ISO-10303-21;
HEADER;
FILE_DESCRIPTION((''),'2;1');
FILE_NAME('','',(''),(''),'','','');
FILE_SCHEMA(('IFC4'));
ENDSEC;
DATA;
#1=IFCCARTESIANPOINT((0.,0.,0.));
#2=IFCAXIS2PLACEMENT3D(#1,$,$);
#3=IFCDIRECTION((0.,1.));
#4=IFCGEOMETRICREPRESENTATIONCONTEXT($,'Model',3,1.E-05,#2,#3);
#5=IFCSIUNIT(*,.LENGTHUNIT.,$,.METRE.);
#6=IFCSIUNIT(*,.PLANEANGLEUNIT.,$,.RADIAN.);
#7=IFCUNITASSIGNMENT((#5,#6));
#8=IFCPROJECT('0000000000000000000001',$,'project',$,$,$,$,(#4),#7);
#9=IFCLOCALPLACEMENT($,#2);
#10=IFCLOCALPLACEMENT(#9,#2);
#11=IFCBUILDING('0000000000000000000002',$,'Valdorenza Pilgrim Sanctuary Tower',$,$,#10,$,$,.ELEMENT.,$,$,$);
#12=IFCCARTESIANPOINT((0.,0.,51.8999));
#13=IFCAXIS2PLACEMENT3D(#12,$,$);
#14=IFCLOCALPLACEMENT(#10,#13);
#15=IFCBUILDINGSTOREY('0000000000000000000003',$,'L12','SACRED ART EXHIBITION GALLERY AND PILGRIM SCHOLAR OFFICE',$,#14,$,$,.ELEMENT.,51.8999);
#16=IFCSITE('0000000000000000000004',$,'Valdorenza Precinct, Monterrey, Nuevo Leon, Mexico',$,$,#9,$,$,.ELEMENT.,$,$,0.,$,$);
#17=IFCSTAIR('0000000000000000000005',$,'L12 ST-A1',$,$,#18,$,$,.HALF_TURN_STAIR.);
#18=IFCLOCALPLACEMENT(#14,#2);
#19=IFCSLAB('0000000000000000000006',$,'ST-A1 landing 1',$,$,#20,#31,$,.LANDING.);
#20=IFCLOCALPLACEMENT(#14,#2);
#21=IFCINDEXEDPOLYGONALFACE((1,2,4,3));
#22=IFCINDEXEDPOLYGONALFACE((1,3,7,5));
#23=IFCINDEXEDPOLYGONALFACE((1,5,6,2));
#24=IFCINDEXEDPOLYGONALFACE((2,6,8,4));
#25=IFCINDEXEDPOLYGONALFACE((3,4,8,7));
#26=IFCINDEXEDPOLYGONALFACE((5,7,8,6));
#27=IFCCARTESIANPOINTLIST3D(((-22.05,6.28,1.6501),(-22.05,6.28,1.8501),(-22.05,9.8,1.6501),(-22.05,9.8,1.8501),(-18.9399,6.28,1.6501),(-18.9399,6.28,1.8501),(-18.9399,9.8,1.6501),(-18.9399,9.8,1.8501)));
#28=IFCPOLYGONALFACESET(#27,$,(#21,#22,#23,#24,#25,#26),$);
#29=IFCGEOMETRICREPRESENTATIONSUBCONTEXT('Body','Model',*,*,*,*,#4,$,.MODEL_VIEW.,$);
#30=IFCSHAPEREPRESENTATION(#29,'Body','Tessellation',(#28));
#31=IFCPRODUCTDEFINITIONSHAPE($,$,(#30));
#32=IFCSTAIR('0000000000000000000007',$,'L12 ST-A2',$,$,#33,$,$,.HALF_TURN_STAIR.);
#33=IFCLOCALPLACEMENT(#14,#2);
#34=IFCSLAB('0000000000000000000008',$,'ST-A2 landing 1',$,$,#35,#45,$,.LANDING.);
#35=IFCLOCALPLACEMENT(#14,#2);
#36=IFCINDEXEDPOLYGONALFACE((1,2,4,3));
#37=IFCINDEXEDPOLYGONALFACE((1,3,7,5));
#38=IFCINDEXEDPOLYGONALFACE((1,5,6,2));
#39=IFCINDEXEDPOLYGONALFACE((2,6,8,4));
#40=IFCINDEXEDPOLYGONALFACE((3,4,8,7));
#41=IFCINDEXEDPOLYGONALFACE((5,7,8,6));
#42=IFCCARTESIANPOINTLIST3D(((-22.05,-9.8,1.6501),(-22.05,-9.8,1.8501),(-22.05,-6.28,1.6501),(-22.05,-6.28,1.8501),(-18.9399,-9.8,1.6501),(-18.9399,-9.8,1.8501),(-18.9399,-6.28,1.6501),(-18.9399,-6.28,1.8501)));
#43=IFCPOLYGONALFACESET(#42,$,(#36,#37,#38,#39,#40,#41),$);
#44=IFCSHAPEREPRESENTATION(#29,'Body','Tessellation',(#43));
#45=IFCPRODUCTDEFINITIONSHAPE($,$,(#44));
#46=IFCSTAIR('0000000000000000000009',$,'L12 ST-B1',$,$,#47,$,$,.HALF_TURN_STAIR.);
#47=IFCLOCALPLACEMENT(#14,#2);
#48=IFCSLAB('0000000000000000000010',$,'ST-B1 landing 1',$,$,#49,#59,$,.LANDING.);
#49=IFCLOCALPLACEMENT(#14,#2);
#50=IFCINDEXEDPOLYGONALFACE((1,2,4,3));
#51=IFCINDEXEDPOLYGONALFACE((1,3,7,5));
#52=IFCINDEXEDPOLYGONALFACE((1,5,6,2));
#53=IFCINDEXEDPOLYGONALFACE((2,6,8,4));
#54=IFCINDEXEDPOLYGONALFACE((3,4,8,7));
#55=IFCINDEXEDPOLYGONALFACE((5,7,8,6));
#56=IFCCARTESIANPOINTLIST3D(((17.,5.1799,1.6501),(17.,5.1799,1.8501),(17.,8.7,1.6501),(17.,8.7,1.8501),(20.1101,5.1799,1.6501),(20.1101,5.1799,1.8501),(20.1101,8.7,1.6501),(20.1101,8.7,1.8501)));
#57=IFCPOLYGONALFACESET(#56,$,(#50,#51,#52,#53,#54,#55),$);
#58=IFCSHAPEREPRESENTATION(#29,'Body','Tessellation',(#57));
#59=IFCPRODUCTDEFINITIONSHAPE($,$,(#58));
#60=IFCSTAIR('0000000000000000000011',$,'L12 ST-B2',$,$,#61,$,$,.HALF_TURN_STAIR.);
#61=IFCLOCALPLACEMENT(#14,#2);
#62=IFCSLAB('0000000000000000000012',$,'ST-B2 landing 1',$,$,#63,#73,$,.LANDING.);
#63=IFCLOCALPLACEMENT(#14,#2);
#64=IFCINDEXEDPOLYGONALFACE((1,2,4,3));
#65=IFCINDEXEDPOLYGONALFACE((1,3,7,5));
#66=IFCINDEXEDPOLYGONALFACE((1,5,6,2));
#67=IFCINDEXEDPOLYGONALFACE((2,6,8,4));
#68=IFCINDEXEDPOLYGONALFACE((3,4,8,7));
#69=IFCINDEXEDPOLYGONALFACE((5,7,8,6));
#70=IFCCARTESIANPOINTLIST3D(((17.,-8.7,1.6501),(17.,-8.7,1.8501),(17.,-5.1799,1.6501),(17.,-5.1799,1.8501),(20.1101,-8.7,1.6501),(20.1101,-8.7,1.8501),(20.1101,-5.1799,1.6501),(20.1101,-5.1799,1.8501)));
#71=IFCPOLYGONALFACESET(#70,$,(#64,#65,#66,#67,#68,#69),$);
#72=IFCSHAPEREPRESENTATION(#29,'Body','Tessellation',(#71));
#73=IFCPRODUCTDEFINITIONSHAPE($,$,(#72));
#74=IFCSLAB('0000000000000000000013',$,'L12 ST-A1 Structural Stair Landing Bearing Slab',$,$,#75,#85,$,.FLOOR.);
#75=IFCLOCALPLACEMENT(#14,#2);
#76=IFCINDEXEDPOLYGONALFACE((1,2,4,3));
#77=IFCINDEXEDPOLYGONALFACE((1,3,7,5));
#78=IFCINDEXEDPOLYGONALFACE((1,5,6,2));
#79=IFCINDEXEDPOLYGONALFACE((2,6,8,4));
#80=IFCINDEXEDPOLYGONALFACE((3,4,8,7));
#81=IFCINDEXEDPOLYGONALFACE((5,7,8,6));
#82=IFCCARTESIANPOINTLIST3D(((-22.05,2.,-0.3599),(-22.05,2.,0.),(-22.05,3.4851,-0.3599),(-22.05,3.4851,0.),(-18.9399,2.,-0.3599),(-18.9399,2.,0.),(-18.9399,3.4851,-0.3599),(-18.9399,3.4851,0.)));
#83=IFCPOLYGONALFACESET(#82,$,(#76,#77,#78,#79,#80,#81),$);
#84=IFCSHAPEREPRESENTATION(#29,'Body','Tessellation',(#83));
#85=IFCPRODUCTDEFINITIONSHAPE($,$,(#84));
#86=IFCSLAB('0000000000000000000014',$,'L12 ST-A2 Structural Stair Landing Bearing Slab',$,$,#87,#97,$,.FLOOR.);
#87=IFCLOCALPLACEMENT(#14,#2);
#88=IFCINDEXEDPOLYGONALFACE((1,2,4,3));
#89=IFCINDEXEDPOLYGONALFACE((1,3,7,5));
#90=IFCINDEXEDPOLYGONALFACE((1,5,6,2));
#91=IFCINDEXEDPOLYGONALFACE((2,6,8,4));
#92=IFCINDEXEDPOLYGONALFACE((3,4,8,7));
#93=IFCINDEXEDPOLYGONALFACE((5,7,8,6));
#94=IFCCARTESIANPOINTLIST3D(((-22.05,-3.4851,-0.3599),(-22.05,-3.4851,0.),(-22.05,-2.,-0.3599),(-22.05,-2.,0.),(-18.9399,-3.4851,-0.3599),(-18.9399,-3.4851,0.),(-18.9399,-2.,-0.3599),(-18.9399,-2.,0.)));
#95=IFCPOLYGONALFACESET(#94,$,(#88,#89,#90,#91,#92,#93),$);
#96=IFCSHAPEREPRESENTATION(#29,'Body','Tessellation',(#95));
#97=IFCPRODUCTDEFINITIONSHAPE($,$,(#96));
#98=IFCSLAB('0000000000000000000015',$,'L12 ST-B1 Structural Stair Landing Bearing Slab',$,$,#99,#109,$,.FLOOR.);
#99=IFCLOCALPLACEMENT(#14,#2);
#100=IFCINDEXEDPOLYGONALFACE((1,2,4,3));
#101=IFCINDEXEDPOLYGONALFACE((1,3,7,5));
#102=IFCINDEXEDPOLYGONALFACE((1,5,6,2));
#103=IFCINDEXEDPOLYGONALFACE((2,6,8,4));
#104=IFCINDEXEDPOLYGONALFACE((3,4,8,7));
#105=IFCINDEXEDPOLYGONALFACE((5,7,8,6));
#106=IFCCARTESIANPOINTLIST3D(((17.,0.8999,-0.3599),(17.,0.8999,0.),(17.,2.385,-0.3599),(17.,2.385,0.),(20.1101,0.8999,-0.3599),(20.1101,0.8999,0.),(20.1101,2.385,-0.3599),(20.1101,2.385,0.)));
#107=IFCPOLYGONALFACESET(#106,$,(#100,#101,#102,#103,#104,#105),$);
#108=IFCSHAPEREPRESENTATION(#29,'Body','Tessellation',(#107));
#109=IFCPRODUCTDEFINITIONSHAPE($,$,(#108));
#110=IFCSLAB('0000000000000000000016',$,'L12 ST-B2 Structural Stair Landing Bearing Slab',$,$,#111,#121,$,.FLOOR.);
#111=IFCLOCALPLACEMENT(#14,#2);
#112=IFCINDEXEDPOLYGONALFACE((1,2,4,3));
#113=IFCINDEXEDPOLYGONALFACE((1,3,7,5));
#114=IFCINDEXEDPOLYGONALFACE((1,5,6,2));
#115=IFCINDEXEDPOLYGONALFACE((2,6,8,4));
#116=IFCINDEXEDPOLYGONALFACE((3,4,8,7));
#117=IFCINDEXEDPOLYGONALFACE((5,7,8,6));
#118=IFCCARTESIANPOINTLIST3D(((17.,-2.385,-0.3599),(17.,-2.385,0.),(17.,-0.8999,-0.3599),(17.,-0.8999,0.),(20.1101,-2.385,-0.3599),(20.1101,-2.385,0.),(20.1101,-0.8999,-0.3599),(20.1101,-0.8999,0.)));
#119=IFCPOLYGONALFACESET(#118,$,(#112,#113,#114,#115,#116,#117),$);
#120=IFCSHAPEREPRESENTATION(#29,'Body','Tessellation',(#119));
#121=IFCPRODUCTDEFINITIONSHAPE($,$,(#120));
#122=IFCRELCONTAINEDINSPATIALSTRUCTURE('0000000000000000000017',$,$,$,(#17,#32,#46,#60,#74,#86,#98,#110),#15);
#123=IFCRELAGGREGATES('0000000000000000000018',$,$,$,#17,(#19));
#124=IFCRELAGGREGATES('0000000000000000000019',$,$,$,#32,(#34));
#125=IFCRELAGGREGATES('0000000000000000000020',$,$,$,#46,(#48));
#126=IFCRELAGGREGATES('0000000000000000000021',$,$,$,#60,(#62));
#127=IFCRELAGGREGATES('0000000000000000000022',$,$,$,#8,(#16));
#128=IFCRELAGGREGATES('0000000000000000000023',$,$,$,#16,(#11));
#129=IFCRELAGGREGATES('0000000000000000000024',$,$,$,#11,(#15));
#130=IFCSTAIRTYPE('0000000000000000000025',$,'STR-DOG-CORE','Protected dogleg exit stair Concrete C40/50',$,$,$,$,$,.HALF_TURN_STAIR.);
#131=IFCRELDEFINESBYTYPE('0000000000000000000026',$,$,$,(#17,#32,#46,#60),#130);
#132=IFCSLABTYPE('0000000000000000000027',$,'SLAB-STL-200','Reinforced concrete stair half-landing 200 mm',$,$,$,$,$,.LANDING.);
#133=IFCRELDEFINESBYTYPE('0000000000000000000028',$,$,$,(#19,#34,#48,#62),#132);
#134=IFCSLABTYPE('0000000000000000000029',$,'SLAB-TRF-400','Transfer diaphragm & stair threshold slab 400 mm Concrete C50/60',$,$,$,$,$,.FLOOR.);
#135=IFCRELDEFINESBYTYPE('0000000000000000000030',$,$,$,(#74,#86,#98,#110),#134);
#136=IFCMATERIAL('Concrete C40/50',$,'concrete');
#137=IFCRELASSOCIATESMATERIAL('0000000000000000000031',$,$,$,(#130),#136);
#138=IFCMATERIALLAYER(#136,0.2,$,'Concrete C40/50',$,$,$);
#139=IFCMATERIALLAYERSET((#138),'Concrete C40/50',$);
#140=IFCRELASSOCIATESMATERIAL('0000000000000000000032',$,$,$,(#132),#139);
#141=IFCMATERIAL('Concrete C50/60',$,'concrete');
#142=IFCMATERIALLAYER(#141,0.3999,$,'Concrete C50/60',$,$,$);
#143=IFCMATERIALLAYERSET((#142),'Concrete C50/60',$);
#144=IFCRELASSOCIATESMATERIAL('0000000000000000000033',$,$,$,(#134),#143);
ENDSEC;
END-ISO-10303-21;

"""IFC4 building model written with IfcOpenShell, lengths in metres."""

from ifc_helpers import new_model, si_unit, direction, frame, origin, place, context, subcontext, project, spatial, polyline, outline, extrude, material, layer, layer_set, type_object, element, aggregate, save


model = new_model("IFC4")

# Units and contexts
model_context = context("Model", 3, precision=1e-05, world=origin(), true_north=direction((0.0, 1.0)))
body_context = subcontext(model_context, "Body", "Model", "MODEL_VIEW")
ifc_project = project(units=[si_unit("LENGTHUNIT", "METRE"), si_unit("PLANEANGLEUNIT", "RADIAN")], contexts=[model_context])

# Site, building, storey
site_placement = place(None, origin())
site = spatial("IfcSite", under=ifc_project, at=site_placement, Name="Valdorenza Precinct, Monterrey, Nuevo Leon, Mexico", CompositionType="ELEMENT", RefElevation=0.0)
building_placement = place(site_placement, origin())
building = spatial("IfcBuilding", under=site, at=building_placement, Name="Valdorenza Pilgrim Sanctuary Tower", CompositionType="ELEMENT")
storey_placement = place(building_placement, frame((0.0, 0.0, 51.8999)))
storey = spatial("IfcBuildingStorey", under=building, at=storey_placement, Name="L12", Description="SACRED ART EXHIBITION GALLERY AND PILGRIM SCHOLAR OFFICE", CompositionType="ELEMENT", Elevation=51.8999)

# Shared definitions
ifc_material_1 = material(Name="Concrete C40/50", Category="concrete")

# Stairs, slabs
stair_type = type_object("IfcStairType", Name="STR-DOG-CORE", Description="Protected dogleg exit stair Concrete C40/50", PredefinedType="HALF_TURN_STAIR", material=ifc_material_1)
stair_1_placement = place(storey_placement, origin())
stair_1 = element("IfcStair", 1, at=stair_1_placement, inside=storey, type_object=stair_type, Name="L12 ST-A1", PredefinedType="HALF_TURN_STAIR")
ifc_layer_1 = layer(ifc_material_1, 0.2, Name="Concrete C40/50")
ifc_layer_set_1 = layer_set([ifc_layer_1], Name="Concrete C40/50")
slab_type_1 = type_object("IfcSlabType", Name="SLAB-STL-200", Description="Reinforced concrete stair half-landing 200 mm", PredefinedType="LANDING", material=ifc_layer_set_1)
slab_1_placement = place(storey_placement, frame((0.0, 0.0, 1.6501)))
slab_1 = element("IfcSlab", 2, at=slab_1_placement, type_object=slab_type_1, Name="ST-A1 landing 1", PredefinedType="LANDING", context=body_context, shape_type="SweptSolid", body=[
    extrude(outline(polyline([(-18.9399, 6.28), (-18.9399, 9.8), (-22.05, 9.8), (-22.05, 6.28), (-18.9399, 6.28)])), origin(), (0.0, 0.0, 1.0), 0.2),
])
aggregate(stair_1, [slab_1])
stair_2_placement = place(storey_placement, origin())
stair_2 = element("IfcStair", 3, at=stair_2_placement, inside=storey, type_object=stair_type, Name="L12 ST-A2", PredefinedType="HALF_TURN_STAIR")
slab_2_placement = place(storey_placement, frame((0.0, 0.0, 1.6501)))
slab_2 = element("IfcSlab", 4, at=slab_2_placement, type_object=slab_type_1, Name="ST-A2 landing 1", PredefinedType="LANDING", context=body_context, shape_type="SweptSolid", body=[
    extrude(outline(polyline([(-22.05, -6.28), (-22.05, -9.8), (-18.9399, -9.8), (-18.9399, -6.28), (-22.05, -6.28)])), origin(), (0.0, 0.0, 1.0), 0.2),
])
aggregate(stair_2, [slab_2])
stair_3_placement = place(storey_placement, origin())
stair_3 = element("IfcStair", 5, at=stair_3_placement, inside=storey, type_object=stair_type, Name="L12 ST-B1", PredefinedType="HALF_TURN_STAIR")
slab_3_placement = place(storey_placement, frame((0.0, 0.0, 1.6501)))
slab_3 = element("IfcSlab", 6, at=slab_3_placement, type_object=slab_type_1, Name="ST-B1 landing 1", PredefinedType="LANDING", context=body_context, shape_type="SweptSolid", body=[
    extrude(outline(polyline([(20.1101, 5.1799), (20.1101, 8.7), (17.0, 8.7), (17.0, 5.1799), (20.1101, 5.1799)])), origin(), (0.0, 0.0, 1.0), 0.2),
])
aggregate(stair_3, [slab_3])
stair_4_placement = place(storey_placement, origin())
stair_4 = element("IfcStair", 7, at=stair_4_placement, inside=storey, type_object=stair_type, Name="L12 ST-B2", PredefinedType="HALF_TURN_STAIR")
slab_4_placement = place(storey_placement, frame((0.0, 0.0, 1.6501)))
slab_4 = element("IfcSlab", 8, at=slab_4_placement, type_object=slab_type_1, Name="ST-B2 landing 1", PredefinedType="LANDING", context=body_context, shape_type="SweptSolid", body=[
    extrude(outline(polyline([(17.0, -5.1799), (17.0, -8.7), (20.1101, -8.7), (20.1101, -5.1799), (17.0, -5.1799)])), origin(), (0.0, 0.0, 1.0), 0.2),
])
aggregate(stair_4, [slab_4])

# Slabs
ifc_material_2 = material(Name="Concrete C50/60", Category="concrete")
ifc_layer_2 = layer(ifc_material_2, 0.3999, Name="Concrete C50/60")
ifc_layer_set_2 = layer_set([ifc_layer_2], Name="Concrete C50/60")
slab_type_2 = type_object("IfcSlabType", Name="SLAB-TRF-400", Description="Transfer diaphragm & stair threshold slab 400 mm Concrete C50/60", PredefinedType="FLOOR", material=ifc_layer_set_2)
slab_5_placement = place(storey_placement, frame((0.0, 0.0, -0.3599)))
element("IfcSlab", 9, at=slab_5_placement, inside=storey, type_object=slab_type_2, Name="L12 ST-A1 Structural Stair Landing Bearing Slab", PredefinedType="FLOOR", context=body_context, shape_type="SweptSolid", body=[
    extrude(outline(polyline([(-22.05, 2.0), (-18.9399, 2.0), (-18.9399, 3.4851), (-22.05, 3.4851), (-22.05, 2.0)])), origin(), (0.0, 0.0, 1.0), 0.3599),
])
slab_6_placement = place(storey_placement, frame((0.0, 0.0, -0.3599)))
element("IfcSlab", 10, at=slab_6_placement, inside=storey, type_object=slab_type_2, Name="L12 ST-A2 Structural Stair Landing Bearing Slab", PredefinedType="FLOOR", context=body_context, shape_type="SweptSolid", body=[
    extrude(outline(polyline([(-22.05, -3.4851), (-18.9399, -3.4851), (-18.9399, -2.0), (-22.05, -2.0), (-22.05, -3.4851)])), origin(), (0.0, 0.0, 1.0), 0.3599),
])
slab_7_placement = place(storey_placement, frame((0.0, 0.0, -0.3599)))
element("IfcSlab", 11, at=slab_7_placement, inside=storey, type_object=slab_type_2, Name="L12 ST-B1 Structural Stair Landing Bearing Slab", PredefinedType="FLOOR", context=body_context, shape_type="SweptSolid", body=[
    extrude(outline(polyline([(17.0, 0.8999), (20.1101, 0.8999), (20.1101, 2.385), (17.0, 2.385), (17.0, 0.8999)])), origin(), (0.0, 0.0, 1.0), 0.3599),
])
slab_8_placement = place(storey_placement, frame((0.0, 0.0, -0.3599)))
element("IfcSlab", 12, at=slab_8_placement, inside=storey, type_object=slab_type_2, Name="L12 ST-B2 Structural Stair Landing Bearing Slab", PredefinedType="FLOOR", context=body_context, shape_type="SweptSolid", body=[
    extrude(outline(polyline([(17.0, -2.385), (20.1101, -2.385), (20.1101, -0.8999), (17.0, -0.8999), (17.0, -2.385)])), origin(), (0.0, 0.0, 1.0), 0.3599),
])

save(model, "model.ifc")
